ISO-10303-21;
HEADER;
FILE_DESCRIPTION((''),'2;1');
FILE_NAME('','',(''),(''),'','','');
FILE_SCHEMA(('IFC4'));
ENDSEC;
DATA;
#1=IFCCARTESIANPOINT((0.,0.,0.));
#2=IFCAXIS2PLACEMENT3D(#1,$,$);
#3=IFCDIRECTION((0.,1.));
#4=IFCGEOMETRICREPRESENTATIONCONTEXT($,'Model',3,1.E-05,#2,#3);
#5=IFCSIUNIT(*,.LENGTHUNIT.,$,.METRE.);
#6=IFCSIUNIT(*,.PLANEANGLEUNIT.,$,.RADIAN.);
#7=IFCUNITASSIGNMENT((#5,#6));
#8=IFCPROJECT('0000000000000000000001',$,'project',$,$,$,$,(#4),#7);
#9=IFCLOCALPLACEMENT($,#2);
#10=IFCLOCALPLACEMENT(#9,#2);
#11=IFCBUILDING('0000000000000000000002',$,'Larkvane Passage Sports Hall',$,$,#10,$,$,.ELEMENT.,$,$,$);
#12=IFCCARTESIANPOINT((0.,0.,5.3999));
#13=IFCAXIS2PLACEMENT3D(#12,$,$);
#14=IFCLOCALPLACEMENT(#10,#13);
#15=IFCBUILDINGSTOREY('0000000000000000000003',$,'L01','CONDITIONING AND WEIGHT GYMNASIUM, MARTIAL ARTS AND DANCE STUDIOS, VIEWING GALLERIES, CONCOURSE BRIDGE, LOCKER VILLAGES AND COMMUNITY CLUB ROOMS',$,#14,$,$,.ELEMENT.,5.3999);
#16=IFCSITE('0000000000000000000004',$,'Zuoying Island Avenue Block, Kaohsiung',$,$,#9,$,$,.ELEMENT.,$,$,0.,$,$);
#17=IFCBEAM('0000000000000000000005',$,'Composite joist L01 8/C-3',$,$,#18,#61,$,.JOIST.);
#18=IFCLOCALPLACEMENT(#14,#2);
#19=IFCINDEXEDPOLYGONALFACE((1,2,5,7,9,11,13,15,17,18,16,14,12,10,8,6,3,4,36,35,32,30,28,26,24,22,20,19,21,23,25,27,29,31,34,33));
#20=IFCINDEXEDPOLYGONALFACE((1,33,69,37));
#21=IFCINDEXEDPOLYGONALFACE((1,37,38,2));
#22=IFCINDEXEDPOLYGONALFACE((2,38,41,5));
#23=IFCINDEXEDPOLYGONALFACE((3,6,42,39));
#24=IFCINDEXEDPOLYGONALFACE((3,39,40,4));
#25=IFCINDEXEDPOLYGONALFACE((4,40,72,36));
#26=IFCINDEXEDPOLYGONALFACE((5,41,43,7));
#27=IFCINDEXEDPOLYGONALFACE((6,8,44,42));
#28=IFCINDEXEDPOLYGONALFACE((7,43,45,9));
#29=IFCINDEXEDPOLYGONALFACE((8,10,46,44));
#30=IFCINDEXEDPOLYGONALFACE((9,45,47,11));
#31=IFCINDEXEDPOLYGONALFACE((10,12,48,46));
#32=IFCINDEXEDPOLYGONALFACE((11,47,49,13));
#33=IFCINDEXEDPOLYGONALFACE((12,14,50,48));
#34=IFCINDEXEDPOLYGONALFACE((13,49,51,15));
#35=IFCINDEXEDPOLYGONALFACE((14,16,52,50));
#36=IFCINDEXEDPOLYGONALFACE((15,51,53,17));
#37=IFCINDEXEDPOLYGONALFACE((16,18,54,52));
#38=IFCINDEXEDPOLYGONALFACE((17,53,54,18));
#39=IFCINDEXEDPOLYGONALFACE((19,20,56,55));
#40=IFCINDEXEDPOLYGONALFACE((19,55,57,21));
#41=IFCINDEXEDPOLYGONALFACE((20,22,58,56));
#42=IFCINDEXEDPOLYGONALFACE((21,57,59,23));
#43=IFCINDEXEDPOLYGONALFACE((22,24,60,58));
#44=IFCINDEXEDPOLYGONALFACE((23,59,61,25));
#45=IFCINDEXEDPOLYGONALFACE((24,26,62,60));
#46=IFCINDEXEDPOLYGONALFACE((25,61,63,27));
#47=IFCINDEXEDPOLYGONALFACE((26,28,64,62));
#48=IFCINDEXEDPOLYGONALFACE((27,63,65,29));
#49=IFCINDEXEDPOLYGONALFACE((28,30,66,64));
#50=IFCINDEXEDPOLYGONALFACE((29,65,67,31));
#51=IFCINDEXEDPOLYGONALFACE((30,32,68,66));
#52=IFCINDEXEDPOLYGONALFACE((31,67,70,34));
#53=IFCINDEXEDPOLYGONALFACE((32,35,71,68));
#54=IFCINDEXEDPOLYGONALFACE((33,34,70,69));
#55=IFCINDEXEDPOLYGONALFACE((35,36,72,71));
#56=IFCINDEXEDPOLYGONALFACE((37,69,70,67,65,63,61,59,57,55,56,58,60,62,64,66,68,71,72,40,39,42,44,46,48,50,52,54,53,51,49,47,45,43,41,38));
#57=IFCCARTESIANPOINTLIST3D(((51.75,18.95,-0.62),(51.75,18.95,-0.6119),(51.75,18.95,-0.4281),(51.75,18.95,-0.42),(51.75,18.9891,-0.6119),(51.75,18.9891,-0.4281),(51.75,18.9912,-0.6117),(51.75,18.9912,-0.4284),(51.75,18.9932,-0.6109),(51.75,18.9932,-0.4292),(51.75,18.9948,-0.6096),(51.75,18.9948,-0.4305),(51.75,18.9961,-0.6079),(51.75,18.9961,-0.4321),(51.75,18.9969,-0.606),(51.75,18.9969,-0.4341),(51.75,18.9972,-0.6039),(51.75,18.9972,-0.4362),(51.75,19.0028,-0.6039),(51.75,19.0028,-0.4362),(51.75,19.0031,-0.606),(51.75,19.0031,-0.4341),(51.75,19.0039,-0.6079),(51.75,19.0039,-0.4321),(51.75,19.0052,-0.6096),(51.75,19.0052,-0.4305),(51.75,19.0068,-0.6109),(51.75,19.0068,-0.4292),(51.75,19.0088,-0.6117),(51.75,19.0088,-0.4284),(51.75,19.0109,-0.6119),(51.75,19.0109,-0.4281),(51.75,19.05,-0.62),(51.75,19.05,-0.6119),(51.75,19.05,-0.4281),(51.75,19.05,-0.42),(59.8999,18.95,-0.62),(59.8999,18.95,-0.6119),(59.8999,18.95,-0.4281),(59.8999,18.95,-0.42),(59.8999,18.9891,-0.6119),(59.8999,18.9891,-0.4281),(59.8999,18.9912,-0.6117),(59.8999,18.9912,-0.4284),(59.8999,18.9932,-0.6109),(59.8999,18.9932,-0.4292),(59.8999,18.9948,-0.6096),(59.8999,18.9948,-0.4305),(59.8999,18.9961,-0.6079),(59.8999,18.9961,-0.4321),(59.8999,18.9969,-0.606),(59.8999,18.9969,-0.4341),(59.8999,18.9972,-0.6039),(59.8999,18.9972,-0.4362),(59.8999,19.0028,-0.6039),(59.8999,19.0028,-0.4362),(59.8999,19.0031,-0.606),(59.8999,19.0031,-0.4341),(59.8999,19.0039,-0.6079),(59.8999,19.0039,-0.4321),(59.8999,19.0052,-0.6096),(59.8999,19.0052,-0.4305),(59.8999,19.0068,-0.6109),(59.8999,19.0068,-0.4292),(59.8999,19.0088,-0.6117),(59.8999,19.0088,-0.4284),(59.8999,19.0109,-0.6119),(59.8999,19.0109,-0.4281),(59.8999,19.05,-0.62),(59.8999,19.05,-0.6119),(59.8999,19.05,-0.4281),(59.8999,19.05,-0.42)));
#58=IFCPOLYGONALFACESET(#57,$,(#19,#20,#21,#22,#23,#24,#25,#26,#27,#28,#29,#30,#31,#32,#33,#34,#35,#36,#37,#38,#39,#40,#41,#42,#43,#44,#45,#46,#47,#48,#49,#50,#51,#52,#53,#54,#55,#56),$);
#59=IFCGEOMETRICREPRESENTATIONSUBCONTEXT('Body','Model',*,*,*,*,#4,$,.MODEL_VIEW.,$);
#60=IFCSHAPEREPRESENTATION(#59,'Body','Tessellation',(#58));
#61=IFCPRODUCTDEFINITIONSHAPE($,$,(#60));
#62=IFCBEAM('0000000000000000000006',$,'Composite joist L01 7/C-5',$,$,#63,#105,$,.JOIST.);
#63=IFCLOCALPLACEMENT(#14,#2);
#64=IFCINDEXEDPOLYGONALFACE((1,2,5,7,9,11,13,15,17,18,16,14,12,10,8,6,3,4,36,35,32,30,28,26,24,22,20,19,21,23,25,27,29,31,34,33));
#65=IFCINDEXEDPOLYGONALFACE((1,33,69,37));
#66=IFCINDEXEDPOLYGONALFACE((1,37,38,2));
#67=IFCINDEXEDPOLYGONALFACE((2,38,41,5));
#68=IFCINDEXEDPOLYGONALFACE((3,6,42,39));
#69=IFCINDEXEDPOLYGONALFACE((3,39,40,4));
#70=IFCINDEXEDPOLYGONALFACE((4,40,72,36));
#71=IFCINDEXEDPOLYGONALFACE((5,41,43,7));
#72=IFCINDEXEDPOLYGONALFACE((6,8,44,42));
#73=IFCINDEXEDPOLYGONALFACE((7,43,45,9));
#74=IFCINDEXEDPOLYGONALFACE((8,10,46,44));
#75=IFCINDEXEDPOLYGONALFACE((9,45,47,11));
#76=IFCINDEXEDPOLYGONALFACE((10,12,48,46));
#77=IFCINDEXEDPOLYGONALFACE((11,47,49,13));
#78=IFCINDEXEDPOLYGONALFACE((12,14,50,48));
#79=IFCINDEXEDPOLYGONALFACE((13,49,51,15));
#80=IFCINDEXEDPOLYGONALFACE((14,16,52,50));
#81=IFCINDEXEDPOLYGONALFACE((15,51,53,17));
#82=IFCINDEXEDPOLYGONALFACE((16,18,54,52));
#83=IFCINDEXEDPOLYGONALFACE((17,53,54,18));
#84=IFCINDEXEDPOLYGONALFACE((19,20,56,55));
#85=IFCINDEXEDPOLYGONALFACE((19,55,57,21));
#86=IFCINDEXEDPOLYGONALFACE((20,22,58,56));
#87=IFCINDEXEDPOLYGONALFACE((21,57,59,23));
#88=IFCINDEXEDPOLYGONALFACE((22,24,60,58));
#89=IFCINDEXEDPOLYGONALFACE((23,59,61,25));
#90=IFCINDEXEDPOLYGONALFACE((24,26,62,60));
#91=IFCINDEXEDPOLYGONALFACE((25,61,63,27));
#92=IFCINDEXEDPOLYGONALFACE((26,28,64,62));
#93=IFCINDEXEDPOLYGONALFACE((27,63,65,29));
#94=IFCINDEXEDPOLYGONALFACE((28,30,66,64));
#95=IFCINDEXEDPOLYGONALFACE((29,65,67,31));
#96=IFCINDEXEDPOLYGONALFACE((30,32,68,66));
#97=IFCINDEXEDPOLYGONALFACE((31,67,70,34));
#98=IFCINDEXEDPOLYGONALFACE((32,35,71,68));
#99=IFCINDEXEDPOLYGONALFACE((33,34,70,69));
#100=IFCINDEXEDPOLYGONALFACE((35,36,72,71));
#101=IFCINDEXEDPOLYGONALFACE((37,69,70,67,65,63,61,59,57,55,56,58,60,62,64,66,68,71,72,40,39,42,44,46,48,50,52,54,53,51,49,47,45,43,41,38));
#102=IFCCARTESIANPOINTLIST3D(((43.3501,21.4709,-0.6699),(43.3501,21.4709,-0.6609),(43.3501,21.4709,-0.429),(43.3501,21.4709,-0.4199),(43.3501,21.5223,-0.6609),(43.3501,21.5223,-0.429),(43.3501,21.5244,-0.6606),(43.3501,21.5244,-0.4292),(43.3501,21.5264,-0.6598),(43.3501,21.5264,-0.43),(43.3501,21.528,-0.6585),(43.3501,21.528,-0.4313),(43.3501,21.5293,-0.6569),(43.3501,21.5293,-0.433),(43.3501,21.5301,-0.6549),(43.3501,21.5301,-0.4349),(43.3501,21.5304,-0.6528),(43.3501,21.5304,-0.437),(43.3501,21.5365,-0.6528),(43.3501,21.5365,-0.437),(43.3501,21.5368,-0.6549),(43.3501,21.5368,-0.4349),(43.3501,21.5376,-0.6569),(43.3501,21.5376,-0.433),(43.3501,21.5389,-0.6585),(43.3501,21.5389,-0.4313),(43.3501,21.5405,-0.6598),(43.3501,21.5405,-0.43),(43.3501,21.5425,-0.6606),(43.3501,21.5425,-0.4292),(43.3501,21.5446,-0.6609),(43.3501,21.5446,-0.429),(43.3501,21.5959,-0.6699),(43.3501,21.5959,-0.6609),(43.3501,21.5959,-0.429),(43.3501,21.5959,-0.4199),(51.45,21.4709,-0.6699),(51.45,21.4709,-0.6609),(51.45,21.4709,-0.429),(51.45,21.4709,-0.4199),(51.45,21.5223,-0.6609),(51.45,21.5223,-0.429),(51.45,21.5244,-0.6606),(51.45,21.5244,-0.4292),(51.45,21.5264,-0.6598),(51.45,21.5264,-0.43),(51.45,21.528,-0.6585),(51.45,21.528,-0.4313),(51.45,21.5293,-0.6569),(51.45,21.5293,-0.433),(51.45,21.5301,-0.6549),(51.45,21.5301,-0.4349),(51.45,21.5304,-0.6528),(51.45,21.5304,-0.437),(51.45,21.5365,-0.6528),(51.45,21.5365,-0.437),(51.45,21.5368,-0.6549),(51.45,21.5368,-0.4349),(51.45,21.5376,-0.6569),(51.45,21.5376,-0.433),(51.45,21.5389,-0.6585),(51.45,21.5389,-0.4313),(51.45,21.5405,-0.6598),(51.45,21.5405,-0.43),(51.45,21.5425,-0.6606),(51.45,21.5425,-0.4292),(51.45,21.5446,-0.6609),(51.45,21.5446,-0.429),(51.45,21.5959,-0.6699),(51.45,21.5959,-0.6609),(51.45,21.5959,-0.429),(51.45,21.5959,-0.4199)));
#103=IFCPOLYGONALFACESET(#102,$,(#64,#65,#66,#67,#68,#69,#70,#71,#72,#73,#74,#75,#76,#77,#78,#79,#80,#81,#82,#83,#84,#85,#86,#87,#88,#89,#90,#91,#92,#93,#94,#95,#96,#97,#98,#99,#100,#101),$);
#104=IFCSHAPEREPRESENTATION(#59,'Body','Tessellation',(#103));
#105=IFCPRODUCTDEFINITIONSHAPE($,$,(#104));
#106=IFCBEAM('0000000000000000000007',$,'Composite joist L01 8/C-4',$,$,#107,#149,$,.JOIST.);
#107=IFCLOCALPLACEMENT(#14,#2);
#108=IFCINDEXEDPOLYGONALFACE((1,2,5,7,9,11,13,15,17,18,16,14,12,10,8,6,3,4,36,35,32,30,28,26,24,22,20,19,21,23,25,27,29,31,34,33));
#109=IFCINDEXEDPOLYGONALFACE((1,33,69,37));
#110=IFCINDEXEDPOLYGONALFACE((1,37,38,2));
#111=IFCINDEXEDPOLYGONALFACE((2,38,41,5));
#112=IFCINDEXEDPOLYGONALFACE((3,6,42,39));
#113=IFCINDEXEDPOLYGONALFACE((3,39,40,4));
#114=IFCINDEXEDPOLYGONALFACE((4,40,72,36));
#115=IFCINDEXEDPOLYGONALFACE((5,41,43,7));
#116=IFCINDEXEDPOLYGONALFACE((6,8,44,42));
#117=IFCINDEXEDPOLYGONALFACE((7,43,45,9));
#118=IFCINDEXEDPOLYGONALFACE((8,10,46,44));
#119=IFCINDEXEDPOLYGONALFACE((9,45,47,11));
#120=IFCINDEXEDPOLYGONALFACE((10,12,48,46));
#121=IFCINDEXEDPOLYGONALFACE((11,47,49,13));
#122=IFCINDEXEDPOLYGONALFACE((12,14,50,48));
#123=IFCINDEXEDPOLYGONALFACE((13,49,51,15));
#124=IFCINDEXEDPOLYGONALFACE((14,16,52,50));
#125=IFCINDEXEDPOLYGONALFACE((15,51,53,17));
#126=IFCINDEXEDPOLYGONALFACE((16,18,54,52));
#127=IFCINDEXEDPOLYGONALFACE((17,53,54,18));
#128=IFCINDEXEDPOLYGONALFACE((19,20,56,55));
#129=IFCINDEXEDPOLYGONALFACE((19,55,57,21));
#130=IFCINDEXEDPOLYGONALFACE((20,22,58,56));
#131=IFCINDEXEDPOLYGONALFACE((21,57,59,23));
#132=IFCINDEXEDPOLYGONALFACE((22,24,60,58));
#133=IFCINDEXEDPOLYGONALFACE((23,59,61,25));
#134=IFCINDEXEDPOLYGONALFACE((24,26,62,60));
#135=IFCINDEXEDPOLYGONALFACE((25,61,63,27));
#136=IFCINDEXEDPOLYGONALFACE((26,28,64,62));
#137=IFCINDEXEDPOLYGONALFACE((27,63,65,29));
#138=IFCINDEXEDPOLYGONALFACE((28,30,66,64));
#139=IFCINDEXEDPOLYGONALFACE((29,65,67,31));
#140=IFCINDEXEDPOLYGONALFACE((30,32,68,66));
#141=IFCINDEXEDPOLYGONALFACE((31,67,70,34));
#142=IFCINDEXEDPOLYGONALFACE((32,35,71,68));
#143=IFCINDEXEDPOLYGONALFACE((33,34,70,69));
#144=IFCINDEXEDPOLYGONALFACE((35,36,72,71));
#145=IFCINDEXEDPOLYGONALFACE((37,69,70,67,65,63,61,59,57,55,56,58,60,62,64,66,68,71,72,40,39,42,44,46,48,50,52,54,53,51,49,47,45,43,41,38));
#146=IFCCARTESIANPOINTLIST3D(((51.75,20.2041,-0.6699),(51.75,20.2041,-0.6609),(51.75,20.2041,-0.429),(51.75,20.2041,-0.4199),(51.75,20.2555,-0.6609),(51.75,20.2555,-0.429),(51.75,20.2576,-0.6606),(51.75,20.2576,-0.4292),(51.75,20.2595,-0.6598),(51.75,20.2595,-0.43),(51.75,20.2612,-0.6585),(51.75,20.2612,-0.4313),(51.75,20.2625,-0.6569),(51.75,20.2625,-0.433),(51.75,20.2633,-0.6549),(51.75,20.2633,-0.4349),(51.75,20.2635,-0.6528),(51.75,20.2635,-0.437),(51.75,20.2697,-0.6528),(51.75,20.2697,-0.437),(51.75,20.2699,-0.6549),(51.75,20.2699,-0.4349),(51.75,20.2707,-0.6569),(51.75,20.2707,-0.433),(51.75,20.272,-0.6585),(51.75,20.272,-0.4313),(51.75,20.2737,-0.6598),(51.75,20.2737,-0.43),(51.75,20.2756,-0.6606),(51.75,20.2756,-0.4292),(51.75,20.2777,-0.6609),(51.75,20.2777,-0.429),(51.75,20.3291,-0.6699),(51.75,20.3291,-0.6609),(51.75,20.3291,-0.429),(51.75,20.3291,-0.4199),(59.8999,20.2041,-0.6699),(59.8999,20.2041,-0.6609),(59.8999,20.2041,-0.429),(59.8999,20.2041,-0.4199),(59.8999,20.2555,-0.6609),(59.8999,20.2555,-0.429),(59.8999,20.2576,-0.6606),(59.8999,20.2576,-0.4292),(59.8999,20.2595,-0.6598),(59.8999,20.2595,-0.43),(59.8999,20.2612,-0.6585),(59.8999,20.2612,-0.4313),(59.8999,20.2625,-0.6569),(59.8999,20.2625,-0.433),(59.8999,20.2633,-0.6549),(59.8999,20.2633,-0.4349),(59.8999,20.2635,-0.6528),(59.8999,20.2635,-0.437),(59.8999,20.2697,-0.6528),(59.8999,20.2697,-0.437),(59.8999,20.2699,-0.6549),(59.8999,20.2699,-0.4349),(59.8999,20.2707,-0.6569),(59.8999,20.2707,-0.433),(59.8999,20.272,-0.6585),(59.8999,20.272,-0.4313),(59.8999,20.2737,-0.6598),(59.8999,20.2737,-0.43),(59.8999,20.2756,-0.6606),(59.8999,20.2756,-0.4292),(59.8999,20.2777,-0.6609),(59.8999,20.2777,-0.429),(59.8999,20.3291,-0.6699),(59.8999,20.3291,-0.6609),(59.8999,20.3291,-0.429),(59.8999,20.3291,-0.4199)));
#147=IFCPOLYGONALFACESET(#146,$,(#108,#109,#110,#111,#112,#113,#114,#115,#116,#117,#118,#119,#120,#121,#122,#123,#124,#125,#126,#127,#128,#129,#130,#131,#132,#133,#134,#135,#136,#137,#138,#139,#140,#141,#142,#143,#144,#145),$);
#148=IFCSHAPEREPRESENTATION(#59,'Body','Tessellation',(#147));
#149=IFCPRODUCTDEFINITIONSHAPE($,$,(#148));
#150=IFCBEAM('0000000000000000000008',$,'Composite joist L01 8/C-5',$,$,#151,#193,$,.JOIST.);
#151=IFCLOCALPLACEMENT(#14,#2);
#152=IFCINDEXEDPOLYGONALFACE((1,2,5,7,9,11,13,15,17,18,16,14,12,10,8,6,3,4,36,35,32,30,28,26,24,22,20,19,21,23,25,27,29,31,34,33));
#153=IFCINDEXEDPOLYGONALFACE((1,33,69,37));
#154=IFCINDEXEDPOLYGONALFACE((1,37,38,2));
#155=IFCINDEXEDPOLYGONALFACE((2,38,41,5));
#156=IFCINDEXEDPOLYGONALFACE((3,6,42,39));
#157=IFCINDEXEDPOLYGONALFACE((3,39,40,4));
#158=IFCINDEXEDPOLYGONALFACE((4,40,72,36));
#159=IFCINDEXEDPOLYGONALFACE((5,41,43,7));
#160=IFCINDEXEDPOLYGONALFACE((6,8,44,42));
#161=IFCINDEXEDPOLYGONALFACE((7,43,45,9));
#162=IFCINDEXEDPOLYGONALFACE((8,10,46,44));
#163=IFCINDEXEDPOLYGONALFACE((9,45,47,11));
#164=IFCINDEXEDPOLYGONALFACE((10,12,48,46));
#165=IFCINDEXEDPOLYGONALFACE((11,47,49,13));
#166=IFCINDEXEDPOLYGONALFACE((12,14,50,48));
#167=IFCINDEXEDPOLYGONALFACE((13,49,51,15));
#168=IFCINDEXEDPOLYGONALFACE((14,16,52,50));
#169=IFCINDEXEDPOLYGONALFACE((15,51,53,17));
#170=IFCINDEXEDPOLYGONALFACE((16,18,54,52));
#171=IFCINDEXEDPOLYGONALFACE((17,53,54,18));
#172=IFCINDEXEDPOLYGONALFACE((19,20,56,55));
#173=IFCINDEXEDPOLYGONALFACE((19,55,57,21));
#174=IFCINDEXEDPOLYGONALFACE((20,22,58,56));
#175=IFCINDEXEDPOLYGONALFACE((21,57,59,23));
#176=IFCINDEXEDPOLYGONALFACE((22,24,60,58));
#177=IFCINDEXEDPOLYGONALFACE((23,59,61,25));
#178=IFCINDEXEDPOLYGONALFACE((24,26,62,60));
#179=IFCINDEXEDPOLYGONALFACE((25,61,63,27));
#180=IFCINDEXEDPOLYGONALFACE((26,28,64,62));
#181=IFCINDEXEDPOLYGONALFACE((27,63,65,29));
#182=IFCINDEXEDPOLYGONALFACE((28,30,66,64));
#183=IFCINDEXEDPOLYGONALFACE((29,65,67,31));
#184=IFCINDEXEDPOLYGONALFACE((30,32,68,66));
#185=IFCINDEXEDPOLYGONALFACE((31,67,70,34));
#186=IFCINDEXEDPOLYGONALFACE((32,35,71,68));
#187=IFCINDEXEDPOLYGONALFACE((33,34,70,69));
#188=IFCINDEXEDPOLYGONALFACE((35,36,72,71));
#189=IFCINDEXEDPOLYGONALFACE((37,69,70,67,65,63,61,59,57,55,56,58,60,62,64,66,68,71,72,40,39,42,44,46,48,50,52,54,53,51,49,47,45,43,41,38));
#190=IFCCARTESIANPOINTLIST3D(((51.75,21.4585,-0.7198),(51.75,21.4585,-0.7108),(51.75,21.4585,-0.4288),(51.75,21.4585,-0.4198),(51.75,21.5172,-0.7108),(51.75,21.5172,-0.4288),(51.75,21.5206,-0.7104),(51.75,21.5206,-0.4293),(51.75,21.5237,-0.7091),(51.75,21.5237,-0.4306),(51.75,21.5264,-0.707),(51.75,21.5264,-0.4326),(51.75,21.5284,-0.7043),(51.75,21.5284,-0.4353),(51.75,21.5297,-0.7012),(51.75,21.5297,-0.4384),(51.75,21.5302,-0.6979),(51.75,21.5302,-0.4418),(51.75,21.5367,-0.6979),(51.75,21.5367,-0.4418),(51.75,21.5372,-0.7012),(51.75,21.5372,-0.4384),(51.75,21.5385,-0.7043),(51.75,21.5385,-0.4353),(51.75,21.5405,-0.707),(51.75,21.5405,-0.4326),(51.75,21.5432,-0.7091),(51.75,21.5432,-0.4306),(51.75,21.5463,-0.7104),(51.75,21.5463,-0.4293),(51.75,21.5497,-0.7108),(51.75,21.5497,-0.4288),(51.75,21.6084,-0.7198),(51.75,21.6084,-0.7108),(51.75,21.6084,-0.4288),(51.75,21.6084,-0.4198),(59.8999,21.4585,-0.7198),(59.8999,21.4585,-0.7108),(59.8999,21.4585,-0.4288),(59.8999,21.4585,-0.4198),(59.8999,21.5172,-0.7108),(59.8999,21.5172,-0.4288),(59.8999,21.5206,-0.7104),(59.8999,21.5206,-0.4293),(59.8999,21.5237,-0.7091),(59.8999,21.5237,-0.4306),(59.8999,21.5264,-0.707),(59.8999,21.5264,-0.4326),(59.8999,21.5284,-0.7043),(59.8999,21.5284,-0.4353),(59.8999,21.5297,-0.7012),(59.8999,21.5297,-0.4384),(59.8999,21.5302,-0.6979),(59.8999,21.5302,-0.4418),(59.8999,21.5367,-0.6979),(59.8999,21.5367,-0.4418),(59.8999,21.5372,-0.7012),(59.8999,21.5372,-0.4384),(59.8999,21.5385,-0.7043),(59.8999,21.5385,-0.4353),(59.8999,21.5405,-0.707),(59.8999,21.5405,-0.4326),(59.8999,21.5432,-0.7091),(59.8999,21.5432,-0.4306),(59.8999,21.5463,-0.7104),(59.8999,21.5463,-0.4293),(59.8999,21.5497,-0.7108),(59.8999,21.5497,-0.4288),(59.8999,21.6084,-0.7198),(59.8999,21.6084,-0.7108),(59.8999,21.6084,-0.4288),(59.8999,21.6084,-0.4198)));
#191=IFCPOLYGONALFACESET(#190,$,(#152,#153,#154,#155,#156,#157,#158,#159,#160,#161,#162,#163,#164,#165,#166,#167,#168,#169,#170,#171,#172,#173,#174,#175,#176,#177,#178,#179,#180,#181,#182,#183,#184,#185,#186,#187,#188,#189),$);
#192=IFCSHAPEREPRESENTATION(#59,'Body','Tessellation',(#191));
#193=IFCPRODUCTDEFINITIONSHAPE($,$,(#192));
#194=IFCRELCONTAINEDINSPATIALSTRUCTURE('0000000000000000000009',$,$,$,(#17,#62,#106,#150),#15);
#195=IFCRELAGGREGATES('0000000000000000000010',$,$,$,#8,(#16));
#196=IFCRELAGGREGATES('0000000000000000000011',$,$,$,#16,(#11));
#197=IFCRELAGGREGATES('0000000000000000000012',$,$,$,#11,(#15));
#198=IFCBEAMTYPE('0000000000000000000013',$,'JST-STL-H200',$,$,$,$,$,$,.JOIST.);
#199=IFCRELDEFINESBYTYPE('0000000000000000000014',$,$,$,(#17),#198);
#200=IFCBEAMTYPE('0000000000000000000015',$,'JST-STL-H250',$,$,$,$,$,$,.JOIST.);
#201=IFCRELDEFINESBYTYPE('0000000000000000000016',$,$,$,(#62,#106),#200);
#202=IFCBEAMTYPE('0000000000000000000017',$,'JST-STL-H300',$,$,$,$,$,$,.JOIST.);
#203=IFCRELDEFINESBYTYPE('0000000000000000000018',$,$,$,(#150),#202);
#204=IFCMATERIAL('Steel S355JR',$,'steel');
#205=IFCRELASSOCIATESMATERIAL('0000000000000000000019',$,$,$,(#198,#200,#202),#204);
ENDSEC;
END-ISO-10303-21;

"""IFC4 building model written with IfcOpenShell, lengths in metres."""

from ifc_helpers import new_model, si_unit, direction, frame, origin, origin_2d, place, context, subcontext, project, spatial, i_section, extrude, material, material_profile, profile_set, type_object, element, save


model = new_model("IFC4")

# Units and contexts
model_context = context("Model", 3, precision=1e-05, world=origin(), true_north=direction((0.0, 1.0)))
body_context = subcontext(model_context, "Body", "Model", "MODEL_VIEW")
ifc_project = project(units=[si_unit("LENGTHUNIT", "METRE"), si_unit("PLANEANGLEUNIT", "RADIAN")], contexts=[model_context])

# Site, building, storey
site_placement = place(None, origin())
site = spatial("IfcSite", under=ifc_project, at=site_placement, Name="Zuoying Island Avenue Block, Kaohsiung", CompositionType="ELEMENT", RefElevation=0.0)
building_placement = place(site_placement, origin())
building = spatial("IfcBuilding", under=site, at=building_placement, Name="Larkvane Passage Sports Hall", CompositionType="ELEMENT")
storey_placement = place(building_placement, frame((0.0, 0.0, 5.3999)))
storey = spatial("IfcBuildingStorey", under=building, at=storey_placement, Name="L01", Description="CONDITIONING AND WEIGHT GYMNASIUM, MARTIAL ARTS AND DANCE STUDIOS, VIEWING GALLERIES, CONCOURSE BRIDGE, LOCKER VILLAGES AND COMMUNITY CLUB ROOMS", CompositionType="ELEMENT", Elevation=5.3999)

# Shared definitions
ifc_material_1 = material(Name="Steel S355JR", Category="steel")

# Beams
ifc_material_profile_1 = material_profile(ifc_material_1, i_section(OverallWidth=0.1001, OverallDepth=0.2, WebThickness=0.0056, FlangeThickness=0.0081, FilletRadius=0.0081, at=origin_2d()), Name="H-200x100x5.5x8")
ifc_profile_set_1 = profile_set([ifc_material_profile_1], Name="Steel S355JR")
beam_type_1 = type_object("IfcBeamType", Name="JST-STL-H200", PredefinedType="JOIST", material=ifc_profile_set_1)
beam_1_placement = place(storey_placement, frame((51.75, 19.0, -0.52), z_axis=(1.0, 0.0, 0.0), x_axis=(0.0, 1.0, 0.0)))
element("IfcBeam", 1, at=beam_1_placement, inside=storey, type_object=beam_type_1, Name="Composite joist L01 8/C-3", PredefinedType="JOIST", context=body_context, shape_type="SweptSolid", body=[
    extrude(i_section(OverallWidth=0.1001, OverallDepth=0.2, WebThickness=0.0056, FlangeThickness=0.0081, FilletRadius=0.0081, at=origin_2d()), origin(), (0.0, 0.0, 1.0), 8.1499),
])
ifc_material_profile_2 = material_profile(ifc_material_1, i_section(OverallWidth=0.125, OverallDepth=0.25, WebThickness=0.0061, FlangeThickness=0.009, FilletRadius=0.0081, at=origin_2d()), Name="H-250x125x6x9")
ifc_profile_set_2 = profile_set([ifc_material_profile_2], Name="Steel S355JR")
beam_type_2 = type_object("IfcBeamType", Name="JST-STL-H250", PredefinedType="JOIST", material=ifc_profile_set_2)
beam_2_placement = place(storey_placement, frame((43.3501, 21.5334, -0.5449), z_axis=(1.0, 0.0, 0.0), x_axis=(0.0, 1.0, 0.0)))
element("IfcBeam", 2, at=beam_2_placement, inside=storey, type_object=beam_type_2, Name="Composite joist L01 7/C-5", PredefinedType="JOIST", context=body_context, shape_type="SweptSolid", body=[
    extrude(i_section(OverallWidth=0.125, OverallDepth=0.25, WebThickness=0.0061, FlangeThickness=0.009, FilletRadius=0.0081, at=origin_2d()), origin(), (0.0, 0.0, 1.0), 8.0999),
])
beam_3_placement = place(storey_placement, frame((51.75, 20.2666, -0.5449), z_axis=(1.0, 0.0, 0.0), x_axis=(0.0, 1.0, 0.0)))
element("IfcBeam", 3, at=beam_3_placement, inside=storey, type_object=beam_type_2, Name="Composite joist L01 8/C-4", PredefinedType="JOIST", context=body_context, shape_type="SweptSolid", body=[
    extrude(i_section(OverallWidth=0.125, OverallDepth=0.25, WebThickness=0.0061, FlangeThickness=0.009, FilletRadius=0.0081, at=origin_2d()), origin(), (0.0, 0.0, 1.0), 8.1499),
])
ifc_material_profile_3 = material_profile(ifc_material_1, i_section(OverallWidth=0.1499, OverallDepth=0.3, WebThickness=0.0066, FlangeThickness=0.009, FilletRadius=0.0129, at=origin_2d()), Name="H-300x150x6.5x9")
ifc_profile_set_3 = profile_set([ifc_material_profile_3], Name="Steel S355JR")
beam_type_3 = type_object("IfcBeamType", Name="JST-STL-H300", PredefinedType="JOIST", material=ifc_profile_set_3)
beam_4_placement = place(storey_placement, frame((51.75, 21.5334, -0.5698), z_axis=(1.0, 0.0, 0.0), x_axis=(0.0, 1.0, 0.0)))
element("IfcBeam", 4, at=beam_4_placement, inside=storey, type_object=beam_type_3, Name="Composite joist L01 8/C-5", PredefinedType="JOIST", context=body_context, shape_type="SweptSolid", body=[
    extrude(i_section(OverallWidth=0.1499, OverallDepth=0.3, WebThickness=0.0066, FlangeThickness=0.009, FilletRadius=0.0129, at=origin_2d()), origin(), (0.0, 0.0, 1.0), 8.1499),
])

save(model, "model.ifc")
